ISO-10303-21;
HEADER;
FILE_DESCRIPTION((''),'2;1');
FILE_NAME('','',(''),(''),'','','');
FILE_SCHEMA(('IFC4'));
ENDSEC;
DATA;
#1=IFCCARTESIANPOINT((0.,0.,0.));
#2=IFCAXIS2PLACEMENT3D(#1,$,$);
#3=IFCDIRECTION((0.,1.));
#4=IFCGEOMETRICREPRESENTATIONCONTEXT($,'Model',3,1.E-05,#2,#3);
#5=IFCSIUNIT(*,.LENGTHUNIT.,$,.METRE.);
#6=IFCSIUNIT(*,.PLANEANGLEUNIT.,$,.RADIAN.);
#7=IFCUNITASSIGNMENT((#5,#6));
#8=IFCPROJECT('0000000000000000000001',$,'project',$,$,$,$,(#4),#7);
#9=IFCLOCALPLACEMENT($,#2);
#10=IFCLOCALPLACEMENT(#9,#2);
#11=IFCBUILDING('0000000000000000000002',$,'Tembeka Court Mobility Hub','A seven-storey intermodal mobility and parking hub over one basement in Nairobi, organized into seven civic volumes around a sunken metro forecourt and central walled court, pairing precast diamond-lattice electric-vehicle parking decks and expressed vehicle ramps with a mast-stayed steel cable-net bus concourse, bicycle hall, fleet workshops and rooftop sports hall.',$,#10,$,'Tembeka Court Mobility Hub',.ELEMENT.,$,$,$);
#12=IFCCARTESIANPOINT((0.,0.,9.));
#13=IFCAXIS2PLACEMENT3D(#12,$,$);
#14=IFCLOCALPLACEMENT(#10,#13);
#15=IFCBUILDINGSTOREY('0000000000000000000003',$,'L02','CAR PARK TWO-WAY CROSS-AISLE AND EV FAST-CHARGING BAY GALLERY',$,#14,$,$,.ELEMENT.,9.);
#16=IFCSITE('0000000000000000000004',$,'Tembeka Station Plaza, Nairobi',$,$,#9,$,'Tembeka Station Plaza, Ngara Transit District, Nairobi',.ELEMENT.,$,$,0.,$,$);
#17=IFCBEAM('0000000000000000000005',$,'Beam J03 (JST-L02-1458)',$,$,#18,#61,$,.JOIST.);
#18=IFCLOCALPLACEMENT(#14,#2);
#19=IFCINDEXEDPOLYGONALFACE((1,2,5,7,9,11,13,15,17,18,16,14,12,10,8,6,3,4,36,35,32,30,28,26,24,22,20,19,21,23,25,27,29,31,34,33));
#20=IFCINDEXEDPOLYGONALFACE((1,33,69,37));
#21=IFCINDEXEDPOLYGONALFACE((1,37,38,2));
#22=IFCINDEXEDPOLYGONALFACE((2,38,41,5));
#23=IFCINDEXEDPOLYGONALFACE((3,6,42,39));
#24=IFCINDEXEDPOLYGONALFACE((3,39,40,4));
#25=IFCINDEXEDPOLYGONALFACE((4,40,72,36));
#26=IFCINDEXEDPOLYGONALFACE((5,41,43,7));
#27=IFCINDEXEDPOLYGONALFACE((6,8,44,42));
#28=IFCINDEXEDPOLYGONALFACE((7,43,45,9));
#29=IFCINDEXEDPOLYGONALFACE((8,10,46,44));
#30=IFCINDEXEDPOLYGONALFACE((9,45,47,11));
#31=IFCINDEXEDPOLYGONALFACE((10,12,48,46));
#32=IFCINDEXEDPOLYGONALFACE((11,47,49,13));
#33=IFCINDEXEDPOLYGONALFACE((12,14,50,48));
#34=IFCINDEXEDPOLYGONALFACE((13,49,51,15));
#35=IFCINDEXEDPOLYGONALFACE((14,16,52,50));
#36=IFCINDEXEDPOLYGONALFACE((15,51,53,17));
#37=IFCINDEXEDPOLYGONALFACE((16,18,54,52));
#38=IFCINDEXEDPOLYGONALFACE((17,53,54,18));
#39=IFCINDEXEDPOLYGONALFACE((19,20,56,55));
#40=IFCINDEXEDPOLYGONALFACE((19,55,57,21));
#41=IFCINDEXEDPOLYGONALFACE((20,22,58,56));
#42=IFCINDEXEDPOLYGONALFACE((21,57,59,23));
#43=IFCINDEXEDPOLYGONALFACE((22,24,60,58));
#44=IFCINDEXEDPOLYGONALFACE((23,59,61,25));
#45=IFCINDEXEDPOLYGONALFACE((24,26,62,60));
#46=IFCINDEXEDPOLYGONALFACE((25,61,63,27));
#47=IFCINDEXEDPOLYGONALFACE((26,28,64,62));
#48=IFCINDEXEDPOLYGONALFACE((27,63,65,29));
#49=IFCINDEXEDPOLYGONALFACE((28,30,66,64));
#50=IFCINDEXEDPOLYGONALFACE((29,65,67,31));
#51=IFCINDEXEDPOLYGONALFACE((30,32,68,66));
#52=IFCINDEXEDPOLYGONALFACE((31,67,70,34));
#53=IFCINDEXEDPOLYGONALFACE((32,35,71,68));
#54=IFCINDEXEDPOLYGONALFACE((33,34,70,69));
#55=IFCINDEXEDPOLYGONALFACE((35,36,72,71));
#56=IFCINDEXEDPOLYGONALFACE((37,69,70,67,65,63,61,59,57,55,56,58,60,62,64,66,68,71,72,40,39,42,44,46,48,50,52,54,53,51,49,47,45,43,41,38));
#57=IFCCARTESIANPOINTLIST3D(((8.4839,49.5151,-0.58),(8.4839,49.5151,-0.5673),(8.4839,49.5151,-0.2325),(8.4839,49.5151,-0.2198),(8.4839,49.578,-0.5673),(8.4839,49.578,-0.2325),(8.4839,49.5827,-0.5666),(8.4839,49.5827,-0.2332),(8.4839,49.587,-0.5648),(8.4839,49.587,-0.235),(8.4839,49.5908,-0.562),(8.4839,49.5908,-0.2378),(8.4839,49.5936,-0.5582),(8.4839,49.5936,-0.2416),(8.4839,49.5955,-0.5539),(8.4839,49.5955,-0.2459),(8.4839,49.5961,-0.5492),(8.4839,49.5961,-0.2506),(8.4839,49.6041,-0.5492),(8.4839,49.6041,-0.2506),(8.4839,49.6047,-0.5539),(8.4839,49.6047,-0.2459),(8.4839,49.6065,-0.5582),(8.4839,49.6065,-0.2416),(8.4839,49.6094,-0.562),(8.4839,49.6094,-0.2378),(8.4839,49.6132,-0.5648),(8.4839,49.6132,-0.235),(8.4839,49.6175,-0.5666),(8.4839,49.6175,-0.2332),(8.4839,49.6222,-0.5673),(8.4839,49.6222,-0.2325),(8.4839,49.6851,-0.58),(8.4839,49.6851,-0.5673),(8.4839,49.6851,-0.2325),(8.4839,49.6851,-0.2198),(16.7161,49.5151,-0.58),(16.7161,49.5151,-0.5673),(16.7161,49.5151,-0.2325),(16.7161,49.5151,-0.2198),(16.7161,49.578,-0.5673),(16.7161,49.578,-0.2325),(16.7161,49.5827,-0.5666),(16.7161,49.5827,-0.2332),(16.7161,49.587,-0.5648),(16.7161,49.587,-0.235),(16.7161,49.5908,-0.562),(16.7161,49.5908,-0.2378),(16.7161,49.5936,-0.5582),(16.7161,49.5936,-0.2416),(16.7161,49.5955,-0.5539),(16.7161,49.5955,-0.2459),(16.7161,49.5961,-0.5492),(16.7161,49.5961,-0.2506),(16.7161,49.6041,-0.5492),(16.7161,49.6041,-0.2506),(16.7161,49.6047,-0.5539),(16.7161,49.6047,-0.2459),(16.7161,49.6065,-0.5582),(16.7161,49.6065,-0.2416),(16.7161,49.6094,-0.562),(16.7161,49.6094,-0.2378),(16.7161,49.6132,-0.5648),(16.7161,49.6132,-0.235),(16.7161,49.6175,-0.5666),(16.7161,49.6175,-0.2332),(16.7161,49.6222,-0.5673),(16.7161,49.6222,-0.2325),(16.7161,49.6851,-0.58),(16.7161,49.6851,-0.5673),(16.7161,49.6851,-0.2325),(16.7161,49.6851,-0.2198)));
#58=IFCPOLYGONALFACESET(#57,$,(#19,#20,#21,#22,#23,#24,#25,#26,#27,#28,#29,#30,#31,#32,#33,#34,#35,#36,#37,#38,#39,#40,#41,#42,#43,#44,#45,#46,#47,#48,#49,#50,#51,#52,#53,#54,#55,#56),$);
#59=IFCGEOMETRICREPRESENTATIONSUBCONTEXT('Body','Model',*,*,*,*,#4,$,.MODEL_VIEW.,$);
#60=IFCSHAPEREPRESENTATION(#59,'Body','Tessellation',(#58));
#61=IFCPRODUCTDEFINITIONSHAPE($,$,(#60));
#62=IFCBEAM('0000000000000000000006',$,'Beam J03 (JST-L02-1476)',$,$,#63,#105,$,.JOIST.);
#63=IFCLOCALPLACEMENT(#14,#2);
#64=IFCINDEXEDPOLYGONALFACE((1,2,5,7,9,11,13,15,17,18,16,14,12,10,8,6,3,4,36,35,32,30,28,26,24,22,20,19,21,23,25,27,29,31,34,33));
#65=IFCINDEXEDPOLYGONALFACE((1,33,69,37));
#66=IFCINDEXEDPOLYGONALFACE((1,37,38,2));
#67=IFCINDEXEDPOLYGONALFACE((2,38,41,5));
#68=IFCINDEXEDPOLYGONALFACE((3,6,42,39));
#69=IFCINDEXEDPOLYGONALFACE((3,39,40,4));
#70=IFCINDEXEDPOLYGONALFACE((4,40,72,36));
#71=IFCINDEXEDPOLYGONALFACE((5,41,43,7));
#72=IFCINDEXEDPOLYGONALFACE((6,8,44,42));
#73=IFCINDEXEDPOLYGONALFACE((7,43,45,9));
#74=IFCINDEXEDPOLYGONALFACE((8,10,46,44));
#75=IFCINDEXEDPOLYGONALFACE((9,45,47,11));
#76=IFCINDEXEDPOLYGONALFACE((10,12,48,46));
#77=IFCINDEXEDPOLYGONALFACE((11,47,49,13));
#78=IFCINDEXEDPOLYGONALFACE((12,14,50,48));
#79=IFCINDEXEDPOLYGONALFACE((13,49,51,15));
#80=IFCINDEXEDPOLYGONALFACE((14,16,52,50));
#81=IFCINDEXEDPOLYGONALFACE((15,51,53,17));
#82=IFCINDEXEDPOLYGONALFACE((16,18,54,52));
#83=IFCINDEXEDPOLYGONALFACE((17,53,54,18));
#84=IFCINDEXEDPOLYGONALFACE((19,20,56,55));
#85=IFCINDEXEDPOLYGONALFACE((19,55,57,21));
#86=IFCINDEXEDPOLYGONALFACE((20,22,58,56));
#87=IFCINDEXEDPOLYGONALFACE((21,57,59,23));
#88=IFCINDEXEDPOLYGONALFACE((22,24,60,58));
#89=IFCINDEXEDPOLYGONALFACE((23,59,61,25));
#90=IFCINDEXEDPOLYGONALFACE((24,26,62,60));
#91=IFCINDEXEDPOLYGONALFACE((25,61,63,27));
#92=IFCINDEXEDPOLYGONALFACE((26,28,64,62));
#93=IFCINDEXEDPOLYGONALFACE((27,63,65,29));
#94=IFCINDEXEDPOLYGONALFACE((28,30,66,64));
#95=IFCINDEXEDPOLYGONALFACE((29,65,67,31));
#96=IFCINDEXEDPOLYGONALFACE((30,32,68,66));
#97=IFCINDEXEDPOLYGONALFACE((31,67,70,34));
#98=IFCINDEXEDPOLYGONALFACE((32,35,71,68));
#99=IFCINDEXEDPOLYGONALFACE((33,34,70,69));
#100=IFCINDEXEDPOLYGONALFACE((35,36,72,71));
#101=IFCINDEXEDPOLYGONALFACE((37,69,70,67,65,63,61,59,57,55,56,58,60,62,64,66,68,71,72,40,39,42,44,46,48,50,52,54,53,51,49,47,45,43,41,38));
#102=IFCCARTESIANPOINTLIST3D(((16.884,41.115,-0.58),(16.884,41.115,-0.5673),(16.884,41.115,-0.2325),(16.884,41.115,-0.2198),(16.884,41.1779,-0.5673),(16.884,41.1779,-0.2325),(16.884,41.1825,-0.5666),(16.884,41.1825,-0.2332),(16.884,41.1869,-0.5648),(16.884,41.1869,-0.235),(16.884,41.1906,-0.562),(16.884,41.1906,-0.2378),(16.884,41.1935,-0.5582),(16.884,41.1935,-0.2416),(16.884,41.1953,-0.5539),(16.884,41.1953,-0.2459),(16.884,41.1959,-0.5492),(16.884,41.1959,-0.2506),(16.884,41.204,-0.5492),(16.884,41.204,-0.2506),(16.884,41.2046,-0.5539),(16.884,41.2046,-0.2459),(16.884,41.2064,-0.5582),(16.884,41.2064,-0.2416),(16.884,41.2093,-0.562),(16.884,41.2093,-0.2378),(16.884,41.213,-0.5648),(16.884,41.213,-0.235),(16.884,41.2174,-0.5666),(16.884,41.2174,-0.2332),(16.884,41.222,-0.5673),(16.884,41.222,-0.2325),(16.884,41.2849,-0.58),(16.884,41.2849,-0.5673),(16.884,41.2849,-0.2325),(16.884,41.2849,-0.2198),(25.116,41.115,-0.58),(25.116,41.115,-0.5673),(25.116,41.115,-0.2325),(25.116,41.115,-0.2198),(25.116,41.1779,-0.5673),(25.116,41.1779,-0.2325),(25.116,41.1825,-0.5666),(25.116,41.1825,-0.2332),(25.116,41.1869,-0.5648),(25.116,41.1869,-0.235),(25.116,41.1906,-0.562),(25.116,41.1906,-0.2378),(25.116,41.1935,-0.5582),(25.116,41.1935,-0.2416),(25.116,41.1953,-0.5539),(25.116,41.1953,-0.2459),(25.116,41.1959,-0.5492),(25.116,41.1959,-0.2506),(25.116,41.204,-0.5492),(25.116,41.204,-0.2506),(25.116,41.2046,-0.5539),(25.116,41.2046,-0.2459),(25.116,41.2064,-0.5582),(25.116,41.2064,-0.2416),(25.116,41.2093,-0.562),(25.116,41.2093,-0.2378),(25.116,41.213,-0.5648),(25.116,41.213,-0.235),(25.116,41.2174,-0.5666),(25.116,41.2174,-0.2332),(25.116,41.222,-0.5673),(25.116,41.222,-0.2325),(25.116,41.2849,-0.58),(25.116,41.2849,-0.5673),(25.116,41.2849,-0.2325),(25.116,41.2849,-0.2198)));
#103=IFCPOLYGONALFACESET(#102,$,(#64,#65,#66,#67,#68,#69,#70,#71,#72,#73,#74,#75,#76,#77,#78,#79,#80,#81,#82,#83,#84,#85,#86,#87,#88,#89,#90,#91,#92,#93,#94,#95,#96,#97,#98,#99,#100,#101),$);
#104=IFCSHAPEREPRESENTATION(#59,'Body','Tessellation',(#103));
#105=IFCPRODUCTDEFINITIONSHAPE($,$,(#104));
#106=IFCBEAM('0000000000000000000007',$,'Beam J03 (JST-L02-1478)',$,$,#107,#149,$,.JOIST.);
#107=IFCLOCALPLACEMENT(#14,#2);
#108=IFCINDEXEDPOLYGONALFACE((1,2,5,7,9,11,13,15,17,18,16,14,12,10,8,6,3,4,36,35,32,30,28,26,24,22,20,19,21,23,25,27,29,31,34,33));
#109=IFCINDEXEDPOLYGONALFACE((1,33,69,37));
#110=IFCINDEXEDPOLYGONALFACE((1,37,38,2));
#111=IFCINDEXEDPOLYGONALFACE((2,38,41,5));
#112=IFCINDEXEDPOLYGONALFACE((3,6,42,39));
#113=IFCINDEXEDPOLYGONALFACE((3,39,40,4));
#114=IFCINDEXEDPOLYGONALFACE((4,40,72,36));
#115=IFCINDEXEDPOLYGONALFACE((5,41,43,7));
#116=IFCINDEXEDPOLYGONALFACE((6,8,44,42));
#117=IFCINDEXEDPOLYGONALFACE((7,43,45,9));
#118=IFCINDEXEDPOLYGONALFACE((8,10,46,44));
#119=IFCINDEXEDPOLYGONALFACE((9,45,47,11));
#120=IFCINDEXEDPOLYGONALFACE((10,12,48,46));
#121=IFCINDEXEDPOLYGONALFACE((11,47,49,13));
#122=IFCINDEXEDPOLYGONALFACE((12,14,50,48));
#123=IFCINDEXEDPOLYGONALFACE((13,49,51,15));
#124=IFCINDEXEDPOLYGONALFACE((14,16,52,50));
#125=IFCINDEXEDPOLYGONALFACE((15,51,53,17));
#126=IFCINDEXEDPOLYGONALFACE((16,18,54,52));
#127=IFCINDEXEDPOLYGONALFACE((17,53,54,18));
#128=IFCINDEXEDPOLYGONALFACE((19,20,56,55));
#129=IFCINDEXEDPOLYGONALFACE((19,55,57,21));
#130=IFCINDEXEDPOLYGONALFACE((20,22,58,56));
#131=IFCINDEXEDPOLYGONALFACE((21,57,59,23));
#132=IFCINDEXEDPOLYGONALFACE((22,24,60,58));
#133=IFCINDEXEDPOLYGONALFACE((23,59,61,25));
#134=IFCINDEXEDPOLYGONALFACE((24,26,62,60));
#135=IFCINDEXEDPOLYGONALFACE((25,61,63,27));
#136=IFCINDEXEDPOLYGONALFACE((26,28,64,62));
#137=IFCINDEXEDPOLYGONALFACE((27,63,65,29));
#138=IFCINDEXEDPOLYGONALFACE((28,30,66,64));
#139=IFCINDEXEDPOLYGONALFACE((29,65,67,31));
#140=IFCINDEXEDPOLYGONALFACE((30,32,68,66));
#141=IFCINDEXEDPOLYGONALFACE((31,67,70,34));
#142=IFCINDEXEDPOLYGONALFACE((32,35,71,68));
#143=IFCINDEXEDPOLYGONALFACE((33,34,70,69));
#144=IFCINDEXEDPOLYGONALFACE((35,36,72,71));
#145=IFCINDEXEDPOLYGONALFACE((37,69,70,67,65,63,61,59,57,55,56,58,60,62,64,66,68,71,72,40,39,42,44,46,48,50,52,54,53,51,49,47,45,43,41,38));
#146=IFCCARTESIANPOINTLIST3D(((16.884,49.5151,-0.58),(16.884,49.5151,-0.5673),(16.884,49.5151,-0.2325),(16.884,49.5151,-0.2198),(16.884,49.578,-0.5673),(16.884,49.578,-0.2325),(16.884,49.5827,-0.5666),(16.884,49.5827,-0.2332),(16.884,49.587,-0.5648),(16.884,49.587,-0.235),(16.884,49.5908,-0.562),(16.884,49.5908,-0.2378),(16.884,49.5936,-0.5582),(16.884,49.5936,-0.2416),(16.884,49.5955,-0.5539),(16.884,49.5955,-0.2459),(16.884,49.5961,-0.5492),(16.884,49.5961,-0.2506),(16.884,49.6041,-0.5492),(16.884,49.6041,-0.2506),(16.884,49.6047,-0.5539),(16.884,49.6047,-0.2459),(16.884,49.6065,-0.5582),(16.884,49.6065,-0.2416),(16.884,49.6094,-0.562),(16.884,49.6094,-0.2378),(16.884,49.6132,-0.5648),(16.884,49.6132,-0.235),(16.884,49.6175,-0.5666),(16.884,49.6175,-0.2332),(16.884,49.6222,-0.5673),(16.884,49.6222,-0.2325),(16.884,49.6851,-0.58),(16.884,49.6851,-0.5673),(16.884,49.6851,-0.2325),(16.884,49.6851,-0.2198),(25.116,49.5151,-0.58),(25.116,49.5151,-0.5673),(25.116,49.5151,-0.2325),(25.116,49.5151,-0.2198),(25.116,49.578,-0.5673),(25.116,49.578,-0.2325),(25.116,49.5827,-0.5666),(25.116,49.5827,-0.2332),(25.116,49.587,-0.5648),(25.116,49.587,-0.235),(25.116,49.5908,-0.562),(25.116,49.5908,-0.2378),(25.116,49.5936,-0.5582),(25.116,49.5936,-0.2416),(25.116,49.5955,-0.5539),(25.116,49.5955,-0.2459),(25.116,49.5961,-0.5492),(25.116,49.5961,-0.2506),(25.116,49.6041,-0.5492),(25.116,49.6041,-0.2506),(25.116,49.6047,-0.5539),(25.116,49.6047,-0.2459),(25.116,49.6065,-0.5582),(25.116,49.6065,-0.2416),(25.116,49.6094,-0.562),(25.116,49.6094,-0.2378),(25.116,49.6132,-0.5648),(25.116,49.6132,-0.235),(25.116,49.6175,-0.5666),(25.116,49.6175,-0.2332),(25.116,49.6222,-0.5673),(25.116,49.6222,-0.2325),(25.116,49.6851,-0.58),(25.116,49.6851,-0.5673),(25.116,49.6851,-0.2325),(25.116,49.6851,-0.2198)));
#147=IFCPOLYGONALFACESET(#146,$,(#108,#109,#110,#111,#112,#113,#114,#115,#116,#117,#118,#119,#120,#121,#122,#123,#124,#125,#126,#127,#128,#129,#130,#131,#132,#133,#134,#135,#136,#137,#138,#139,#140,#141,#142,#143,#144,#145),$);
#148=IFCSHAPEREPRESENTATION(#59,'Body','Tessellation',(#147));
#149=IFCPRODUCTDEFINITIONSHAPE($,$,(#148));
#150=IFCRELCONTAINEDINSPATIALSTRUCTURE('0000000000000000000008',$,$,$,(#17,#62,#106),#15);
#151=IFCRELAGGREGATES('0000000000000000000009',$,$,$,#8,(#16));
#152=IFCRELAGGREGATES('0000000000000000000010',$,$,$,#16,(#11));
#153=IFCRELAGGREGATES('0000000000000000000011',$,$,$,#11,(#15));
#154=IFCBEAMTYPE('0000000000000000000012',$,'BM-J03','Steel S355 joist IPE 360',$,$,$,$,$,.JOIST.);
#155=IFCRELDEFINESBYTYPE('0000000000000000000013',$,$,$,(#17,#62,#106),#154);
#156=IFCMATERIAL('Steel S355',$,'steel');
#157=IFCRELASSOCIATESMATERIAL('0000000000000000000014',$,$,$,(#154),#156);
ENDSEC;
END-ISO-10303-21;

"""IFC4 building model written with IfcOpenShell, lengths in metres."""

from ifc_helpers import new_model, si_unit, direction, frame, origin, origin_2d, place, context, subcontext, project, spatial, i_section, extrude, material, material_profile, profile_set, type_object, element, save


model = new_model("IFC4")

# Units and contexts
model_context = context("Model", 3, precision=1e-05, world=origin(), true_north=direction((0.0, 1.0)))
body_context = subcontext(model_context, "Body", "Model", "MODEL_VIEW")
ifc_project = project(units=[si_unit("LENGTHUNIT", "METRE"), si_unit("PLANEANGLEUNIT", "RADIAN")], contexts=[model_context])

# Site, building, storey
site_placement = place(None, origin())
site = spatial("IfcSite", under=ifc_project, at=site_placement, Name="Tembeka Station Plaza, Nairobi", LongName="Tembeka Station Plaza, Ngara Transit District, Nairobi", CompositionType="ELEMENT", RefElevation=0.0)
building_placement = place(site_placement, origin())
building = spatial("IfcBuilding", under=site, at=building_placement, Name="Tembeka Court Mobility Hub", Description="A seven-storey intermodal mobility and parking hub over one basement in Nairobi, organized into seven civic volumes around a sunken metro forecourt and central walled court, pairing precast diamond-lattice electric-vehicle parking decks and expressed vehicle ramps with a mast-stayed steel cable-net bus concourse, bicycle hall, fleet workshops and rooftop sports hall.", LongName="Tembeka Court Mobility Hub", CompositionType="ELEMENT")
storey_placement = place(building_placement, frame((0.0, 0.0, 9.0)))
storey = spatial("IfcBuildingStorey", under=building, at=storey_placement, Name="L02", Description="CAR PARK TWO-WAY CROSS-AISLE AND EV FAST-CHARGING BAY GALLERY", CompositionType="ELEMENT", Elevation=9.0)

# Shared definitions
ifc_material_1 = material(Name="Steel S355", Category="steel")

# Beams
ifc_material_profile_1 = material_profile(ifc_material_1, i_section(OverallWidth=0.1699, OverallDepth=0.3601, WebThickness=0.0081, FlangeThickness=0.0127, FilletRadius=0.0181, at=origin_2d()), Name="IPE 360")
ifc_profile_set_1 = profile_set([ifc_material_profile_1], Name="Steel S355")
beam_type_1 = type_object("IfcBeamType", Name="BM-J03", Description="Steel S355 joist IPE 360", PredefinedType="JOIST", material=ifc_profile_set_1)
for number, where, z_axis, x_axis, name in (
    (1, (8.4839, 49.6001, -0.3999), (1.0, 0.0, 0.0), (0.0, 1.0, 0.0), "Beam J03 (JST-L02-1458)"),
):
    element("IfcBeam", number, at=place(storey_placement, frame(where, z_axis=z_axis, x_axis=x_axis)), inside=storey, type_object=beam_type_1, Name=name, PredefinedType="JOIST", context=body_context, shape_type="SweptSolid", body=[
        extrude(i_section(OverallWidth=0.1699, OverallDepth=0.3601, WebThickness=0.0081, FlangeThickness=0.0127, FilletRadius=0.0181, at=origin_2d()), origin(), (0.0, 0.0, 1.0), 8.2322),
    ])
for number, where, z_axis, x_axis, name in (
    (2, (16.884, 41.2, -0.3999), (1.0, 0.0, 0.0), (0.0, 1.0, 0.0), "Beam J03 (JST-L02-1476)"),
    (3, (16.884, 49.6001, -0.3999), (1.0, 0.0, 0.0), (0.0, 1.0, 0.0), "Beam J03 (JST-L02-1478)"),
):
    element("IfcBeam", number, at=place(storey_placement, frame(where, z_axis=z_axis, x_axis=x_axis)), inside=storey, type_object=beam_type_1, Name=name, PredefinedType="JOIST", context=body_context, shape_type="SweptSolid", body=[
        extrude(i_section(OverallWidth=0.1699, OverallDepth=0.3601, WebThickness=0.0081, FlangeThickness=0.0127, FilletRadius=0.0181, at=origin_2d()), origin(), (0.0, 0.0, 1.0), 8.2319),
    ])

save(model, "model.ifc")
